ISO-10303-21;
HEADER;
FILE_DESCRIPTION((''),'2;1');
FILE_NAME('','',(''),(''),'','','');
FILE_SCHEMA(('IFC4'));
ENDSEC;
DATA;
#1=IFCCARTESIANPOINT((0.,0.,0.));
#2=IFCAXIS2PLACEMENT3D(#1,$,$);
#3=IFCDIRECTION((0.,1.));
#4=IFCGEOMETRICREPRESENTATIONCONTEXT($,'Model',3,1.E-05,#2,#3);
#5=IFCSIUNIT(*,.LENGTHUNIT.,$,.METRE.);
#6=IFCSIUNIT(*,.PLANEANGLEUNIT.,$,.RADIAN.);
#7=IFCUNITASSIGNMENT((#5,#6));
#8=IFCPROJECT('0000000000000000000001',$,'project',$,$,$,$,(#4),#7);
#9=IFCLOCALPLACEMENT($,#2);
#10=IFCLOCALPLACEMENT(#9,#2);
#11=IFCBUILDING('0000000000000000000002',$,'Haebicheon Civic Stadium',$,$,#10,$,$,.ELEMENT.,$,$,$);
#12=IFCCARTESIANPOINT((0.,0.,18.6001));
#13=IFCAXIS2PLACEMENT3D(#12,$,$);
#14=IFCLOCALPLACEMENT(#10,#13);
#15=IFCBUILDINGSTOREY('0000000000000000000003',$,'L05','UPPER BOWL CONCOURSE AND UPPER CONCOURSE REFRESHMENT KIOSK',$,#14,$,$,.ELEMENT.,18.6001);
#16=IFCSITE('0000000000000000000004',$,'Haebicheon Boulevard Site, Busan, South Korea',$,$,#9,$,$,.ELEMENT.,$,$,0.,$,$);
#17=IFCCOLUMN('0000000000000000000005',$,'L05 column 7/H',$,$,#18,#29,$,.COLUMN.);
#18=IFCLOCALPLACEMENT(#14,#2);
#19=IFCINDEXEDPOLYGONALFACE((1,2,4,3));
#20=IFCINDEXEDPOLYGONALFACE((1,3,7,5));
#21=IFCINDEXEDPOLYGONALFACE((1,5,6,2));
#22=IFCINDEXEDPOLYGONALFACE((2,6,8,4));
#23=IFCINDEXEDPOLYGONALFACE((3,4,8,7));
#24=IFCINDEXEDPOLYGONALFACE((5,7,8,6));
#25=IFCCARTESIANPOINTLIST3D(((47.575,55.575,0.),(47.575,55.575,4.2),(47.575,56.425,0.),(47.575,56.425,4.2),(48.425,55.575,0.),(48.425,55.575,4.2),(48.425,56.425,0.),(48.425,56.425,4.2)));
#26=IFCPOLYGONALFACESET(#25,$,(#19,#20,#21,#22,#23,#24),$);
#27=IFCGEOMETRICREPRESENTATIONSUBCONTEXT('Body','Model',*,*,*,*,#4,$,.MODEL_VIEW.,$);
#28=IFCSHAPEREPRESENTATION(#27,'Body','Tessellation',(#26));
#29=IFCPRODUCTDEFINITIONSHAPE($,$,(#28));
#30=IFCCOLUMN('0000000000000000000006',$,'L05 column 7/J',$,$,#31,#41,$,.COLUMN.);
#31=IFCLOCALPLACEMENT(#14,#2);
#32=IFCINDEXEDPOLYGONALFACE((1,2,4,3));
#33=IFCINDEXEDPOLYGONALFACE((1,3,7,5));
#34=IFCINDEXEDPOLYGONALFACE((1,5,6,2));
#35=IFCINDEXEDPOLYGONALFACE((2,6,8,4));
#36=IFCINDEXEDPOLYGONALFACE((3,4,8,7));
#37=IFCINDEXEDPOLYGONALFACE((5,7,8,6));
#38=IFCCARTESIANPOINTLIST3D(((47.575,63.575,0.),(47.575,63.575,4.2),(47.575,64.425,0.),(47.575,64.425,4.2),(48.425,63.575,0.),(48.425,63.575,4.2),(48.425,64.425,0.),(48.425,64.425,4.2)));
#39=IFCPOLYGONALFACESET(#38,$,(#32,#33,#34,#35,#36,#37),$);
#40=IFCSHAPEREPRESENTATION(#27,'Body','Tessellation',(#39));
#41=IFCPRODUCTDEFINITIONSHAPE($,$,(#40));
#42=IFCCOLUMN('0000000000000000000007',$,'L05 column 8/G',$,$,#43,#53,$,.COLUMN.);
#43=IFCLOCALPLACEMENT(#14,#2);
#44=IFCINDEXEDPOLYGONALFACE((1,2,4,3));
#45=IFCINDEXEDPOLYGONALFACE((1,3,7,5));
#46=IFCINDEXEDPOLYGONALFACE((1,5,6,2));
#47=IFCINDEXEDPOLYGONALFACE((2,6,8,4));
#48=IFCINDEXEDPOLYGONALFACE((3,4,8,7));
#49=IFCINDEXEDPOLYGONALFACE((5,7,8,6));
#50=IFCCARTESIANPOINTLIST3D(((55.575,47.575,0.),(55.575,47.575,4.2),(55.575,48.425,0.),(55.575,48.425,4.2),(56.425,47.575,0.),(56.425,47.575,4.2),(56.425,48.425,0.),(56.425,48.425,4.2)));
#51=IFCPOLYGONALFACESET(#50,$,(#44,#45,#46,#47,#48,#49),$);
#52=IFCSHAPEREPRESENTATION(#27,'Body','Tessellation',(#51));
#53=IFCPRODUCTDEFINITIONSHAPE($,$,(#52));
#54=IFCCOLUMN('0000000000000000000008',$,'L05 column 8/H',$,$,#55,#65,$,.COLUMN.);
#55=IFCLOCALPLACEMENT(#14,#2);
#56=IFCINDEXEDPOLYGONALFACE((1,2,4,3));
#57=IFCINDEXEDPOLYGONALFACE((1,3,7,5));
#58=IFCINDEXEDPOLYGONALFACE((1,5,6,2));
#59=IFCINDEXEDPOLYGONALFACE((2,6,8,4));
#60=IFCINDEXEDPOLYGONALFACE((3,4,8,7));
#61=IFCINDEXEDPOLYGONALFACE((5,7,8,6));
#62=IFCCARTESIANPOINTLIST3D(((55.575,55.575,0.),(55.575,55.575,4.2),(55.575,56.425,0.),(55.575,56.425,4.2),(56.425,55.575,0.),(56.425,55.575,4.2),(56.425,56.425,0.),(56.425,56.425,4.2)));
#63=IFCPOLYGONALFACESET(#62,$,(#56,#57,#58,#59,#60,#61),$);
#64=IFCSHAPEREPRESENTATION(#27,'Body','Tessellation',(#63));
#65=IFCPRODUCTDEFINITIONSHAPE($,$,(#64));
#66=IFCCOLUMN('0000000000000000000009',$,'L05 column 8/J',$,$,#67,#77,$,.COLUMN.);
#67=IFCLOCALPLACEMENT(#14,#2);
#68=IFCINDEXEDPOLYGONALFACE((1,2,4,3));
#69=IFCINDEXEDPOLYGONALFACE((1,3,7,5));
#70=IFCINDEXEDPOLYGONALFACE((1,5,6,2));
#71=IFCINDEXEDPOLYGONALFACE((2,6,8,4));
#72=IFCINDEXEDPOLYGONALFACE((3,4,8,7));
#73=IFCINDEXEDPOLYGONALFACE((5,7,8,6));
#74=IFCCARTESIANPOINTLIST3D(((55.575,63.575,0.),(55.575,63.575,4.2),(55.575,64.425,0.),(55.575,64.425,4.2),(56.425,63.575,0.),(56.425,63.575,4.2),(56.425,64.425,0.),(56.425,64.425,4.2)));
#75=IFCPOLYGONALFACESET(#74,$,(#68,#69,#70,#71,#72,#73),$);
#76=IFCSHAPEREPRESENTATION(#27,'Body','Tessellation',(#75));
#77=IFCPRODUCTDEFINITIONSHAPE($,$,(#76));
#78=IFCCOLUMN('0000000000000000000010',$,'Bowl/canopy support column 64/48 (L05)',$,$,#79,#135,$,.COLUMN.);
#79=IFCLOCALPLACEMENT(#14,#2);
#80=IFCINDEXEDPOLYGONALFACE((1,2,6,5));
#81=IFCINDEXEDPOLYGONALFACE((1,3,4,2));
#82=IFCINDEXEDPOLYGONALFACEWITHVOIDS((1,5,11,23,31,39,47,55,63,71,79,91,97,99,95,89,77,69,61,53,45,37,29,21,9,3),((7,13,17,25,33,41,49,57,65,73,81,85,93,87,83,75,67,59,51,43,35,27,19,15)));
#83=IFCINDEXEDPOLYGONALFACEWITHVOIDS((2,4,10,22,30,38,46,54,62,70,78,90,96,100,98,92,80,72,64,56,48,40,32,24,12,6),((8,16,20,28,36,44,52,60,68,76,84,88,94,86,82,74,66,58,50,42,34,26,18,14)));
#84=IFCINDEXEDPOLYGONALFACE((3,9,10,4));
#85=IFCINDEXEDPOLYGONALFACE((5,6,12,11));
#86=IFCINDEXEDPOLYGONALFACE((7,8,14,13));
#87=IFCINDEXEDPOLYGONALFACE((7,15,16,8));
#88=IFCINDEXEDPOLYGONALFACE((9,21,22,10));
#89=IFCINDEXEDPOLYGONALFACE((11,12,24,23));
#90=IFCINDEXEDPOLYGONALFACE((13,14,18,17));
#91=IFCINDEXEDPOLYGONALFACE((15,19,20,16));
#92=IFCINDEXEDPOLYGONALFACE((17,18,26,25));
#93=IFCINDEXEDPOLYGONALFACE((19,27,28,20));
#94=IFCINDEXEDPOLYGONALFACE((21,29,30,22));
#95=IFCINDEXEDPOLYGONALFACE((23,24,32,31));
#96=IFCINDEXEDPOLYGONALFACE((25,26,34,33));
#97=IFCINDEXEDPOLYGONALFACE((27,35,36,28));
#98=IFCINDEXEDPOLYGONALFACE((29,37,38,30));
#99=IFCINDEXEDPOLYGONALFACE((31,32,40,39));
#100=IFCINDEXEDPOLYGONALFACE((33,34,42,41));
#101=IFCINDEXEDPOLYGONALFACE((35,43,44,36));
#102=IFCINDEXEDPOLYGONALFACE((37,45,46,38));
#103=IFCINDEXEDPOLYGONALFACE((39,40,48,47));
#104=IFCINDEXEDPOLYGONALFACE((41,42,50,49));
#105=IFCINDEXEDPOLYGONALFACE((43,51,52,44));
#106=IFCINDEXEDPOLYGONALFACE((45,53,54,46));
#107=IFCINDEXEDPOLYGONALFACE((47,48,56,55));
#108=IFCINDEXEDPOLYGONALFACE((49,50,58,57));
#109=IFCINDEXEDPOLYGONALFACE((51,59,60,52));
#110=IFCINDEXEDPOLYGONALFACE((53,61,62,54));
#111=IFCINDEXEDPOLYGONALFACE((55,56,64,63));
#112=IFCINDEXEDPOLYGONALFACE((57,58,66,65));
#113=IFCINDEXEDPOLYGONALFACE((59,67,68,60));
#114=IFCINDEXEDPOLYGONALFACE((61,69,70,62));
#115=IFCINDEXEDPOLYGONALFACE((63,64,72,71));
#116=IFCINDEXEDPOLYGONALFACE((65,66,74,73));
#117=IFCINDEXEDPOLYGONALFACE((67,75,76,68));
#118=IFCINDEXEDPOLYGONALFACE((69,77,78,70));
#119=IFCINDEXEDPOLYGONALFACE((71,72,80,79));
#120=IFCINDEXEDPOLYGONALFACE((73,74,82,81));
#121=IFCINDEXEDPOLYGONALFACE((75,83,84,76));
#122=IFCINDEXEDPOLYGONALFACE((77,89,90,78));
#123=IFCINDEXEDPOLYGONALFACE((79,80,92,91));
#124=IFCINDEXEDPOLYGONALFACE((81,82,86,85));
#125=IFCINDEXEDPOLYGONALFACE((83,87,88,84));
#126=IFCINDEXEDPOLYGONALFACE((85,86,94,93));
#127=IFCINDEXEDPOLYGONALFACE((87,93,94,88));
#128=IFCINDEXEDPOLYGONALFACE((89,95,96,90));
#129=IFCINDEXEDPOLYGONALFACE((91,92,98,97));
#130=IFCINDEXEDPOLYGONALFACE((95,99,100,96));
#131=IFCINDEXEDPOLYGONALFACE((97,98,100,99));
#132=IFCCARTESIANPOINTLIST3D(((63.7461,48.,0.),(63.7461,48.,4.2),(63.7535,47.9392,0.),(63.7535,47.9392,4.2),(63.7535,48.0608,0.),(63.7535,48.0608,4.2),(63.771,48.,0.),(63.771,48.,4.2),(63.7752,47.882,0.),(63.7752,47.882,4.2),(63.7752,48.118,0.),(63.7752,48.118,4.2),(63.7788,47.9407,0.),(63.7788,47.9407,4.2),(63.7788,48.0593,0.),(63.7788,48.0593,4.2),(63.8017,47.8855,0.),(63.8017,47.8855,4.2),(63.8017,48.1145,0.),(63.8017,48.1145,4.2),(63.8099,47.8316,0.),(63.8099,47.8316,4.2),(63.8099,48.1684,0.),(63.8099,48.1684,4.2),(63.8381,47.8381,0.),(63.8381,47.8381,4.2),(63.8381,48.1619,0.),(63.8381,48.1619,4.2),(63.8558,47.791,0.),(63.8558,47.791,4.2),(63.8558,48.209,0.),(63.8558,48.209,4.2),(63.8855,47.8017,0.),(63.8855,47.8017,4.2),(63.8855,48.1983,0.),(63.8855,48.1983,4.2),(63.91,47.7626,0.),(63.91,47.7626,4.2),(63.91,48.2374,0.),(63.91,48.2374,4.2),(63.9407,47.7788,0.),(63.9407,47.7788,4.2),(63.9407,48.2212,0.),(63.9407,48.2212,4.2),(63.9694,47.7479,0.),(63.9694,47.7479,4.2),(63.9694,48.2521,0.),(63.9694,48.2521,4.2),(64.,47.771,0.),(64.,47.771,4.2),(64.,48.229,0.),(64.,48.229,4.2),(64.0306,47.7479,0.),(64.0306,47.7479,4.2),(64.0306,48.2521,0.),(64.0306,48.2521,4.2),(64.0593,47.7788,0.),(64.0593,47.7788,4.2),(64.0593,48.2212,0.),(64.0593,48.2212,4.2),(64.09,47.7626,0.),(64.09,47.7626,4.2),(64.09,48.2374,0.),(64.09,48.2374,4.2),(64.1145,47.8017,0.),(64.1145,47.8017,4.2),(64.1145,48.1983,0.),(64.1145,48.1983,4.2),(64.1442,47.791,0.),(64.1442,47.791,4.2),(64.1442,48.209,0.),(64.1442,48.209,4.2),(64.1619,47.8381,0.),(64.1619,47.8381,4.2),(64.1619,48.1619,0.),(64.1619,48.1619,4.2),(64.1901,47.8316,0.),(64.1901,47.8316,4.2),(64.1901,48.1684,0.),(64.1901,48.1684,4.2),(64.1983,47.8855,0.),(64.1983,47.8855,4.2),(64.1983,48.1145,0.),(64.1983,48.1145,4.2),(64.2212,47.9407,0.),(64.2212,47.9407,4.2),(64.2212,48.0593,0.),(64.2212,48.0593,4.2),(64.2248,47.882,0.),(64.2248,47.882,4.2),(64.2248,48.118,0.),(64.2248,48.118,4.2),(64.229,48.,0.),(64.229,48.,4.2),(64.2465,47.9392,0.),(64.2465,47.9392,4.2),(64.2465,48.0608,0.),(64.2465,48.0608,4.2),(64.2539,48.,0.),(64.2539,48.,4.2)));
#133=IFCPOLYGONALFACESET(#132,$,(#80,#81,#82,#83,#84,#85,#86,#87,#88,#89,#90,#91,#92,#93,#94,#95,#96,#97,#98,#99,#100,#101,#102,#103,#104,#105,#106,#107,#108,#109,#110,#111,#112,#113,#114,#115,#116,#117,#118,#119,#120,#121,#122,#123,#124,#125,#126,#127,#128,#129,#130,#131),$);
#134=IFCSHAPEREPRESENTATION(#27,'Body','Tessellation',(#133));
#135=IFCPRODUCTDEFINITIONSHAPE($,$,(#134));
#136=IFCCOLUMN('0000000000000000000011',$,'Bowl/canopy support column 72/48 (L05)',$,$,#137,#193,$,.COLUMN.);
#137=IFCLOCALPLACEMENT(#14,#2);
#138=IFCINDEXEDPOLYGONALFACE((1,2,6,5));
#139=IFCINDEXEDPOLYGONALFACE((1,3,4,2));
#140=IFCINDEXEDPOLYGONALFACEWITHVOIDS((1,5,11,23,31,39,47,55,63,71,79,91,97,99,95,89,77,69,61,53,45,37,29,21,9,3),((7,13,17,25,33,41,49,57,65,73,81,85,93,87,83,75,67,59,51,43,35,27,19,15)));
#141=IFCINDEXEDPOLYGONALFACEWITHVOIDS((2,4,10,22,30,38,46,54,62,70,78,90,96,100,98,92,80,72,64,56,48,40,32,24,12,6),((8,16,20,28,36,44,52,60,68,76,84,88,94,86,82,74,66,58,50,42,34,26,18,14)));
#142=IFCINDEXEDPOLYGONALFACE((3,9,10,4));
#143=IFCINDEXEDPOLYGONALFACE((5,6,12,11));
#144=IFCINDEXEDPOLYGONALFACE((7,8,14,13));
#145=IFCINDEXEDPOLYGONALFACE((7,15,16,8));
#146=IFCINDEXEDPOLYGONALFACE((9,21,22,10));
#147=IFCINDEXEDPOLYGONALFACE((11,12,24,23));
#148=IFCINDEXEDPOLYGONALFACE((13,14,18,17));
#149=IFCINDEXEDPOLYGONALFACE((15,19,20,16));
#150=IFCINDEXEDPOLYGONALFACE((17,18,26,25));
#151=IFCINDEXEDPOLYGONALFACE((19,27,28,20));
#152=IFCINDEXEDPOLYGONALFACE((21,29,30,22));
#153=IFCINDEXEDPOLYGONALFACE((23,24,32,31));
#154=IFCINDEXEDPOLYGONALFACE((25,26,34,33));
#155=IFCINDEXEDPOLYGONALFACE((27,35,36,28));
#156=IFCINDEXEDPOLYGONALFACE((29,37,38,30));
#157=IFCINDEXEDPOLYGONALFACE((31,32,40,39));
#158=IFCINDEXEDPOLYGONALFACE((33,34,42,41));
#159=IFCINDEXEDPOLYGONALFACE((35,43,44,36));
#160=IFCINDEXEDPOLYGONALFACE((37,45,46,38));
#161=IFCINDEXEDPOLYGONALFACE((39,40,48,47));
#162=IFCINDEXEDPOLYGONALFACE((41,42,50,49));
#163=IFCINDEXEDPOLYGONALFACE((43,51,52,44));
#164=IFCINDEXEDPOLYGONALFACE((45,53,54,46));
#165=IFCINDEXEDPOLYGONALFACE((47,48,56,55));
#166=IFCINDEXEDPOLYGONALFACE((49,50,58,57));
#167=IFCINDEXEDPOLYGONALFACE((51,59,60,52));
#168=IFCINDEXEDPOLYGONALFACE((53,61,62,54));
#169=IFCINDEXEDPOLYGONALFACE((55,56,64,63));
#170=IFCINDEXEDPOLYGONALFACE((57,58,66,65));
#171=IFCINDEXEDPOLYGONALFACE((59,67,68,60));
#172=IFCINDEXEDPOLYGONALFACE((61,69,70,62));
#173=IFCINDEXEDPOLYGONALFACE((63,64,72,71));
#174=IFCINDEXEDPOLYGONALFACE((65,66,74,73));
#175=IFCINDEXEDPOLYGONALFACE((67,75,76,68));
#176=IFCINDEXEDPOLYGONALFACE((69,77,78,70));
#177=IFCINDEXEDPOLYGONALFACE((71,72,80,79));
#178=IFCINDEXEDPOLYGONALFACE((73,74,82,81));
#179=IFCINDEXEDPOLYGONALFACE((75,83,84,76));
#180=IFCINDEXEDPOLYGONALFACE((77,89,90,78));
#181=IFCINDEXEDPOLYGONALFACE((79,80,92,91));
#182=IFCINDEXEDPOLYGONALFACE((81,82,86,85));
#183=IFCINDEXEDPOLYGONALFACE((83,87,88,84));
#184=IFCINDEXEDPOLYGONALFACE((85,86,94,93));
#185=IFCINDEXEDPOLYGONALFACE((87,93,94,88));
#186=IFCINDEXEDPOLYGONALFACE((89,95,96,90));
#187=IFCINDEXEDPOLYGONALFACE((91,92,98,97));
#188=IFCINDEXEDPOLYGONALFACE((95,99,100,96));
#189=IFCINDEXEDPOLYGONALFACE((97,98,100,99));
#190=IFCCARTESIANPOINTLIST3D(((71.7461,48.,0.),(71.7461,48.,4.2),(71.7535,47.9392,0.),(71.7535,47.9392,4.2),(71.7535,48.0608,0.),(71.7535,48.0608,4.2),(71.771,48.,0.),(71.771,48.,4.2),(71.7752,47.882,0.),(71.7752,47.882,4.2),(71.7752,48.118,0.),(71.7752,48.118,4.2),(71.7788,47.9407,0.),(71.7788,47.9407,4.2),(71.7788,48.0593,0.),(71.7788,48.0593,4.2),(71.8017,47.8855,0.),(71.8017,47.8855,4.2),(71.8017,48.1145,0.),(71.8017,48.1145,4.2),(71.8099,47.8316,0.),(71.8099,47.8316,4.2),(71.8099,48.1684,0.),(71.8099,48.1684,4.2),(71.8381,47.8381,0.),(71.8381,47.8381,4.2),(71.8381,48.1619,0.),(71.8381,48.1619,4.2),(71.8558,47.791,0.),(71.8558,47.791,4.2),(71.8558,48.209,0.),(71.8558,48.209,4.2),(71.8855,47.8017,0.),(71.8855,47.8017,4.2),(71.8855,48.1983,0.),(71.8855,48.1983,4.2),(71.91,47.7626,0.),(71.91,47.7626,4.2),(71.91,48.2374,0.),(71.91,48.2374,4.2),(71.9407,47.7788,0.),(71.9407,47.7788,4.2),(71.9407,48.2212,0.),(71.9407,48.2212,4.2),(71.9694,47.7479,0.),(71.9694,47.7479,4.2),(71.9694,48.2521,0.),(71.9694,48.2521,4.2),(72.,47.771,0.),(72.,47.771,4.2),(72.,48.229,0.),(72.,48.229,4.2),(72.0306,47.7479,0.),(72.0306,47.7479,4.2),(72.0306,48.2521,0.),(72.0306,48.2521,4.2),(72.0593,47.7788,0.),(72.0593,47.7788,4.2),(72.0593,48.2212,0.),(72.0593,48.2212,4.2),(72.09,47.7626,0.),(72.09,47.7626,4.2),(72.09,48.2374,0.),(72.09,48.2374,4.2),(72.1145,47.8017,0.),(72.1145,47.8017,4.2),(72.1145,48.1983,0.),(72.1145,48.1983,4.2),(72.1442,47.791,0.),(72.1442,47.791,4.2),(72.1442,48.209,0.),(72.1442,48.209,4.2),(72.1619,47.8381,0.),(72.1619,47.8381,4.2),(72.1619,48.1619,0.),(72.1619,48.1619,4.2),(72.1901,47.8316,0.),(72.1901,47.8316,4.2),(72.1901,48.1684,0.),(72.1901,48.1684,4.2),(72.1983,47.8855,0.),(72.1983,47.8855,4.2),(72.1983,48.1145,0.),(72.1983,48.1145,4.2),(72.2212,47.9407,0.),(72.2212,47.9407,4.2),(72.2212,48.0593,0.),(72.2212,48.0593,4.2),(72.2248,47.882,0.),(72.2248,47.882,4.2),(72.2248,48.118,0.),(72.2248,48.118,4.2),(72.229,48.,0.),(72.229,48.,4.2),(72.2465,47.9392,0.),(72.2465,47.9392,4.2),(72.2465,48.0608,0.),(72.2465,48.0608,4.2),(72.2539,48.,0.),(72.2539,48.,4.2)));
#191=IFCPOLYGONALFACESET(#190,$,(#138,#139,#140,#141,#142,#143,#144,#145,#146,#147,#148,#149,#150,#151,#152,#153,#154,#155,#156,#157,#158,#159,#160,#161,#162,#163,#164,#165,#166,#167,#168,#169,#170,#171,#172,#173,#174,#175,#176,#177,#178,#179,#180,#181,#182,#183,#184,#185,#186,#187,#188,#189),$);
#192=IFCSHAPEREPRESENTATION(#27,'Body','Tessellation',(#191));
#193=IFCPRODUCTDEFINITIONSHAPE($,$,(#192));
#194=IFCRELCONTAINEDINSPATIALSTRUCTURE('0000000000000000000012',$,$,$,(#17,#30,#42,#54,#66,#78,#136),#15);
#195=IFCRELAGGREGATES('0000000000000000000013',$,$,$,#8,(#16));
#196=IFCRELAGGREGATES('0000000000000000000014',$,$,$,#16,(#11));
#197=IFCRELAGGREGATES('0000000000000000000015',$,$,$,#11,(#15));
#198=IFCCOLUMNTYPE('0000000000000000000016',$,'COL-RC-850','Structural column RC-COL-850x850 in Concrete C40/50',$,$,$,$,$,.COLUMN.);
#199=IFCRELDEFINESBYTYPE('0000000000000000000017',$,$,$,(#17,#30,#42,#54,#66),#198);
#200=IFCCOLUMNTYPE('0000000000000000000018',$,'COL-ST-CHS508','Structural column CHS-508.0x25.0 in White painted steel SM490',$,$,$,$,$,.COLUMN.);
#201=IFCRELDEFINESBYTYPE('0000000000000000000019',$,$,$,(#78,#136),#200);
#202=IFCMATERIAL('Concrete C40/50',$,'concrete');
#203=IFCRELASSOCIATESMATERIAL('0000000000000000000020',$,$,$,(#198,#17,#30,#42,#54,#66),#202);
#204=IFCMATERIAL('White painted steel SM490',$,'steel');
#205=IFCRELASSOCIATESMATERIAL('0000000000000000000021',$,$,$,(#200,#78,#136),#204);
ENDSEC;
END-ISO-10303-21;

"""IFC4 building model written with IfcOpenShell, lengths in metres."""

from ifc_helpers import new_model, si_unit, direction, frame, origin, origin_2d, place, context, subcontext, project, spatial, rectangle, hollow_circle, extrude, material, material_profile, profile_set, type_object, element, save


model = new_model("IFC4")

# Units and contexts
model_context = context("Model", 3, precision=1e-05, world=origin(), true_north=direction((0.0, 1.0)))
body_context = subcontext(model_context, "Body", "Model", "MODEL_VIEW")
ifc_project = project(units=[si_unit("LENGTHUNIT", "METRE"), si_unit("PLANEANGLEUNIT", "RADIAN")], contexts=[model_context])

# Site, building, storey
site_placement = place(None, origin())
site = spatial("IfcSite", under=ifc_project, at=site_placement, Name="Haebicheon Boulevard Site, Busan, South Korea", CompositionType="ELEMENT", RefElevation=0.0)
building_placement = place(site_placement, origin())
building = spatial("IfcBuilding", under=site, at=building_placement, Name="Haebicheon Civic Stadium", CompositionType="ELEMENT")
storey_placement = place(building_placement, frame((0.0, 0.0, 18.6001)))
storey = spatial("IfcBuildingStorey", under=building, at=storey_placement, Name="L05", Description="UPPER BOWL CONCOURSE AND UPPER CONCOURSE REFRESHMENT KIOSK", CompositionType="ELEMENT", Elevation=18.6001)

# Columns
ifc_material_1 = material(Name="Concrete C40/50", Category="concrete")
ifc_material_profile_1 = material_profile(ifc_material_1, rectangle(XDim=0.8501, YDim=0.8501, at=origin_2d()), Name="RC-COL-850x850")
ifc_profile_set_1 = profile_set([ifc_material_profile_1], Name="Concrete C40/50")
column_type_1 = type_object("IfcColumnType", Name="COL-RC-850", Description="Structural column RC-COL-850x850 in Concrete C40/50", PredefinedType="COLUMN", material=ifc_profile_set_1)
for number, where, z_axis, x_axis, name in (
    (1, (48.0, 56.0, 0.0), (0.0, 0.0, 1.0), (1.0, 0.0, 0.0), "L05 column 7/H"),
    (2, (48.0, 64.0, 0.0), (0.0, 0.0, 1.0), (1.0, 0.0, 0.0), "L05 column 7/J"),
    (3, (56.0, 48.0, 0.0), (0.0, 0.0, 1.0), (1.0, 0.0, 0.0), "L05 column 8/G"),
    (4, (56.0, 56.0, 0.0), (0.0, 0.0, 1.0), (1.0, 0.0, 0.0), "L05 column 8/H"),
    (5, (56.0, 64.0, 0.0), (0.0, 0.0, 1.0), (1.0, 0.0, 0.0), "L05 column 8/J"),
):
    element("IfcColumn", number, at=place(storey_placement, frame(where, z_axis=z_axis, x_axis=x_axis)), inside=storey, type_object=column_type_1, material=ifc_profile_set_1, Name=name, PredefinedType="COLUMN", context=body_context, shape_type="SweptSolid", body=[
        extrude(rectangle(XDim=0.8501, YDim=0.8501, at=origin_2d()), origin(), (0.0, 0.0, 1.0), 4.2),
    ])
ifc_material_2 = material(Name="White painted steel SM490", Category="steel")
ifc_material_profile_2 = material_profile(ifc_material_2, hollow_circle(Radius=0.2539, WallThickness=0.0249, at=origin_2d()), Name="CHS-508.0x25.0")
ifc_profile_set_2 = profile_set([ifc_material_profile_2], Name="White painted steel SM490")
column_type_2 = type_object("IfcColumnType", Name="COL-ST-CHS508", Description="Structural column CHS-508.0x25.0 in White painted steel SM490", PredefinedType="COLUMN", material=ifc_profile_set_2)
for number, where, z_axis, x_axis, name in (
    (6, (64.0, 48.0, 0.0), (0.0, 0.0, 1.0), (1.0, 0.0, 0.0), "Bowl/canopy support column 64/48 (L05)"),
    (7, (72.0, 48.0, 0.0), (0.0, 0.0, 1.0), (1.0, 0.0, 0.0), "Bowl/canopy support column 72/48 (L05)"),
):
    element("IfcColumn", number, at=place(storey_placement, frame(where, z_axis=z_axis, x_axis=x_axis)), inside=storey, type_object=column_type_2, material=ifc_profile_set_2, Name=name, PredefinedType="COLUMN", context=body_context, shape_type="SweptSolid", body=[
        extrude(hollow_circle(Radius=0.2539, WallThickness=0.0249, at=origin_2d()), origin(), (0.0, 0.0, 1.0), 4.2),
    ])

save(model, "model.ifc")
